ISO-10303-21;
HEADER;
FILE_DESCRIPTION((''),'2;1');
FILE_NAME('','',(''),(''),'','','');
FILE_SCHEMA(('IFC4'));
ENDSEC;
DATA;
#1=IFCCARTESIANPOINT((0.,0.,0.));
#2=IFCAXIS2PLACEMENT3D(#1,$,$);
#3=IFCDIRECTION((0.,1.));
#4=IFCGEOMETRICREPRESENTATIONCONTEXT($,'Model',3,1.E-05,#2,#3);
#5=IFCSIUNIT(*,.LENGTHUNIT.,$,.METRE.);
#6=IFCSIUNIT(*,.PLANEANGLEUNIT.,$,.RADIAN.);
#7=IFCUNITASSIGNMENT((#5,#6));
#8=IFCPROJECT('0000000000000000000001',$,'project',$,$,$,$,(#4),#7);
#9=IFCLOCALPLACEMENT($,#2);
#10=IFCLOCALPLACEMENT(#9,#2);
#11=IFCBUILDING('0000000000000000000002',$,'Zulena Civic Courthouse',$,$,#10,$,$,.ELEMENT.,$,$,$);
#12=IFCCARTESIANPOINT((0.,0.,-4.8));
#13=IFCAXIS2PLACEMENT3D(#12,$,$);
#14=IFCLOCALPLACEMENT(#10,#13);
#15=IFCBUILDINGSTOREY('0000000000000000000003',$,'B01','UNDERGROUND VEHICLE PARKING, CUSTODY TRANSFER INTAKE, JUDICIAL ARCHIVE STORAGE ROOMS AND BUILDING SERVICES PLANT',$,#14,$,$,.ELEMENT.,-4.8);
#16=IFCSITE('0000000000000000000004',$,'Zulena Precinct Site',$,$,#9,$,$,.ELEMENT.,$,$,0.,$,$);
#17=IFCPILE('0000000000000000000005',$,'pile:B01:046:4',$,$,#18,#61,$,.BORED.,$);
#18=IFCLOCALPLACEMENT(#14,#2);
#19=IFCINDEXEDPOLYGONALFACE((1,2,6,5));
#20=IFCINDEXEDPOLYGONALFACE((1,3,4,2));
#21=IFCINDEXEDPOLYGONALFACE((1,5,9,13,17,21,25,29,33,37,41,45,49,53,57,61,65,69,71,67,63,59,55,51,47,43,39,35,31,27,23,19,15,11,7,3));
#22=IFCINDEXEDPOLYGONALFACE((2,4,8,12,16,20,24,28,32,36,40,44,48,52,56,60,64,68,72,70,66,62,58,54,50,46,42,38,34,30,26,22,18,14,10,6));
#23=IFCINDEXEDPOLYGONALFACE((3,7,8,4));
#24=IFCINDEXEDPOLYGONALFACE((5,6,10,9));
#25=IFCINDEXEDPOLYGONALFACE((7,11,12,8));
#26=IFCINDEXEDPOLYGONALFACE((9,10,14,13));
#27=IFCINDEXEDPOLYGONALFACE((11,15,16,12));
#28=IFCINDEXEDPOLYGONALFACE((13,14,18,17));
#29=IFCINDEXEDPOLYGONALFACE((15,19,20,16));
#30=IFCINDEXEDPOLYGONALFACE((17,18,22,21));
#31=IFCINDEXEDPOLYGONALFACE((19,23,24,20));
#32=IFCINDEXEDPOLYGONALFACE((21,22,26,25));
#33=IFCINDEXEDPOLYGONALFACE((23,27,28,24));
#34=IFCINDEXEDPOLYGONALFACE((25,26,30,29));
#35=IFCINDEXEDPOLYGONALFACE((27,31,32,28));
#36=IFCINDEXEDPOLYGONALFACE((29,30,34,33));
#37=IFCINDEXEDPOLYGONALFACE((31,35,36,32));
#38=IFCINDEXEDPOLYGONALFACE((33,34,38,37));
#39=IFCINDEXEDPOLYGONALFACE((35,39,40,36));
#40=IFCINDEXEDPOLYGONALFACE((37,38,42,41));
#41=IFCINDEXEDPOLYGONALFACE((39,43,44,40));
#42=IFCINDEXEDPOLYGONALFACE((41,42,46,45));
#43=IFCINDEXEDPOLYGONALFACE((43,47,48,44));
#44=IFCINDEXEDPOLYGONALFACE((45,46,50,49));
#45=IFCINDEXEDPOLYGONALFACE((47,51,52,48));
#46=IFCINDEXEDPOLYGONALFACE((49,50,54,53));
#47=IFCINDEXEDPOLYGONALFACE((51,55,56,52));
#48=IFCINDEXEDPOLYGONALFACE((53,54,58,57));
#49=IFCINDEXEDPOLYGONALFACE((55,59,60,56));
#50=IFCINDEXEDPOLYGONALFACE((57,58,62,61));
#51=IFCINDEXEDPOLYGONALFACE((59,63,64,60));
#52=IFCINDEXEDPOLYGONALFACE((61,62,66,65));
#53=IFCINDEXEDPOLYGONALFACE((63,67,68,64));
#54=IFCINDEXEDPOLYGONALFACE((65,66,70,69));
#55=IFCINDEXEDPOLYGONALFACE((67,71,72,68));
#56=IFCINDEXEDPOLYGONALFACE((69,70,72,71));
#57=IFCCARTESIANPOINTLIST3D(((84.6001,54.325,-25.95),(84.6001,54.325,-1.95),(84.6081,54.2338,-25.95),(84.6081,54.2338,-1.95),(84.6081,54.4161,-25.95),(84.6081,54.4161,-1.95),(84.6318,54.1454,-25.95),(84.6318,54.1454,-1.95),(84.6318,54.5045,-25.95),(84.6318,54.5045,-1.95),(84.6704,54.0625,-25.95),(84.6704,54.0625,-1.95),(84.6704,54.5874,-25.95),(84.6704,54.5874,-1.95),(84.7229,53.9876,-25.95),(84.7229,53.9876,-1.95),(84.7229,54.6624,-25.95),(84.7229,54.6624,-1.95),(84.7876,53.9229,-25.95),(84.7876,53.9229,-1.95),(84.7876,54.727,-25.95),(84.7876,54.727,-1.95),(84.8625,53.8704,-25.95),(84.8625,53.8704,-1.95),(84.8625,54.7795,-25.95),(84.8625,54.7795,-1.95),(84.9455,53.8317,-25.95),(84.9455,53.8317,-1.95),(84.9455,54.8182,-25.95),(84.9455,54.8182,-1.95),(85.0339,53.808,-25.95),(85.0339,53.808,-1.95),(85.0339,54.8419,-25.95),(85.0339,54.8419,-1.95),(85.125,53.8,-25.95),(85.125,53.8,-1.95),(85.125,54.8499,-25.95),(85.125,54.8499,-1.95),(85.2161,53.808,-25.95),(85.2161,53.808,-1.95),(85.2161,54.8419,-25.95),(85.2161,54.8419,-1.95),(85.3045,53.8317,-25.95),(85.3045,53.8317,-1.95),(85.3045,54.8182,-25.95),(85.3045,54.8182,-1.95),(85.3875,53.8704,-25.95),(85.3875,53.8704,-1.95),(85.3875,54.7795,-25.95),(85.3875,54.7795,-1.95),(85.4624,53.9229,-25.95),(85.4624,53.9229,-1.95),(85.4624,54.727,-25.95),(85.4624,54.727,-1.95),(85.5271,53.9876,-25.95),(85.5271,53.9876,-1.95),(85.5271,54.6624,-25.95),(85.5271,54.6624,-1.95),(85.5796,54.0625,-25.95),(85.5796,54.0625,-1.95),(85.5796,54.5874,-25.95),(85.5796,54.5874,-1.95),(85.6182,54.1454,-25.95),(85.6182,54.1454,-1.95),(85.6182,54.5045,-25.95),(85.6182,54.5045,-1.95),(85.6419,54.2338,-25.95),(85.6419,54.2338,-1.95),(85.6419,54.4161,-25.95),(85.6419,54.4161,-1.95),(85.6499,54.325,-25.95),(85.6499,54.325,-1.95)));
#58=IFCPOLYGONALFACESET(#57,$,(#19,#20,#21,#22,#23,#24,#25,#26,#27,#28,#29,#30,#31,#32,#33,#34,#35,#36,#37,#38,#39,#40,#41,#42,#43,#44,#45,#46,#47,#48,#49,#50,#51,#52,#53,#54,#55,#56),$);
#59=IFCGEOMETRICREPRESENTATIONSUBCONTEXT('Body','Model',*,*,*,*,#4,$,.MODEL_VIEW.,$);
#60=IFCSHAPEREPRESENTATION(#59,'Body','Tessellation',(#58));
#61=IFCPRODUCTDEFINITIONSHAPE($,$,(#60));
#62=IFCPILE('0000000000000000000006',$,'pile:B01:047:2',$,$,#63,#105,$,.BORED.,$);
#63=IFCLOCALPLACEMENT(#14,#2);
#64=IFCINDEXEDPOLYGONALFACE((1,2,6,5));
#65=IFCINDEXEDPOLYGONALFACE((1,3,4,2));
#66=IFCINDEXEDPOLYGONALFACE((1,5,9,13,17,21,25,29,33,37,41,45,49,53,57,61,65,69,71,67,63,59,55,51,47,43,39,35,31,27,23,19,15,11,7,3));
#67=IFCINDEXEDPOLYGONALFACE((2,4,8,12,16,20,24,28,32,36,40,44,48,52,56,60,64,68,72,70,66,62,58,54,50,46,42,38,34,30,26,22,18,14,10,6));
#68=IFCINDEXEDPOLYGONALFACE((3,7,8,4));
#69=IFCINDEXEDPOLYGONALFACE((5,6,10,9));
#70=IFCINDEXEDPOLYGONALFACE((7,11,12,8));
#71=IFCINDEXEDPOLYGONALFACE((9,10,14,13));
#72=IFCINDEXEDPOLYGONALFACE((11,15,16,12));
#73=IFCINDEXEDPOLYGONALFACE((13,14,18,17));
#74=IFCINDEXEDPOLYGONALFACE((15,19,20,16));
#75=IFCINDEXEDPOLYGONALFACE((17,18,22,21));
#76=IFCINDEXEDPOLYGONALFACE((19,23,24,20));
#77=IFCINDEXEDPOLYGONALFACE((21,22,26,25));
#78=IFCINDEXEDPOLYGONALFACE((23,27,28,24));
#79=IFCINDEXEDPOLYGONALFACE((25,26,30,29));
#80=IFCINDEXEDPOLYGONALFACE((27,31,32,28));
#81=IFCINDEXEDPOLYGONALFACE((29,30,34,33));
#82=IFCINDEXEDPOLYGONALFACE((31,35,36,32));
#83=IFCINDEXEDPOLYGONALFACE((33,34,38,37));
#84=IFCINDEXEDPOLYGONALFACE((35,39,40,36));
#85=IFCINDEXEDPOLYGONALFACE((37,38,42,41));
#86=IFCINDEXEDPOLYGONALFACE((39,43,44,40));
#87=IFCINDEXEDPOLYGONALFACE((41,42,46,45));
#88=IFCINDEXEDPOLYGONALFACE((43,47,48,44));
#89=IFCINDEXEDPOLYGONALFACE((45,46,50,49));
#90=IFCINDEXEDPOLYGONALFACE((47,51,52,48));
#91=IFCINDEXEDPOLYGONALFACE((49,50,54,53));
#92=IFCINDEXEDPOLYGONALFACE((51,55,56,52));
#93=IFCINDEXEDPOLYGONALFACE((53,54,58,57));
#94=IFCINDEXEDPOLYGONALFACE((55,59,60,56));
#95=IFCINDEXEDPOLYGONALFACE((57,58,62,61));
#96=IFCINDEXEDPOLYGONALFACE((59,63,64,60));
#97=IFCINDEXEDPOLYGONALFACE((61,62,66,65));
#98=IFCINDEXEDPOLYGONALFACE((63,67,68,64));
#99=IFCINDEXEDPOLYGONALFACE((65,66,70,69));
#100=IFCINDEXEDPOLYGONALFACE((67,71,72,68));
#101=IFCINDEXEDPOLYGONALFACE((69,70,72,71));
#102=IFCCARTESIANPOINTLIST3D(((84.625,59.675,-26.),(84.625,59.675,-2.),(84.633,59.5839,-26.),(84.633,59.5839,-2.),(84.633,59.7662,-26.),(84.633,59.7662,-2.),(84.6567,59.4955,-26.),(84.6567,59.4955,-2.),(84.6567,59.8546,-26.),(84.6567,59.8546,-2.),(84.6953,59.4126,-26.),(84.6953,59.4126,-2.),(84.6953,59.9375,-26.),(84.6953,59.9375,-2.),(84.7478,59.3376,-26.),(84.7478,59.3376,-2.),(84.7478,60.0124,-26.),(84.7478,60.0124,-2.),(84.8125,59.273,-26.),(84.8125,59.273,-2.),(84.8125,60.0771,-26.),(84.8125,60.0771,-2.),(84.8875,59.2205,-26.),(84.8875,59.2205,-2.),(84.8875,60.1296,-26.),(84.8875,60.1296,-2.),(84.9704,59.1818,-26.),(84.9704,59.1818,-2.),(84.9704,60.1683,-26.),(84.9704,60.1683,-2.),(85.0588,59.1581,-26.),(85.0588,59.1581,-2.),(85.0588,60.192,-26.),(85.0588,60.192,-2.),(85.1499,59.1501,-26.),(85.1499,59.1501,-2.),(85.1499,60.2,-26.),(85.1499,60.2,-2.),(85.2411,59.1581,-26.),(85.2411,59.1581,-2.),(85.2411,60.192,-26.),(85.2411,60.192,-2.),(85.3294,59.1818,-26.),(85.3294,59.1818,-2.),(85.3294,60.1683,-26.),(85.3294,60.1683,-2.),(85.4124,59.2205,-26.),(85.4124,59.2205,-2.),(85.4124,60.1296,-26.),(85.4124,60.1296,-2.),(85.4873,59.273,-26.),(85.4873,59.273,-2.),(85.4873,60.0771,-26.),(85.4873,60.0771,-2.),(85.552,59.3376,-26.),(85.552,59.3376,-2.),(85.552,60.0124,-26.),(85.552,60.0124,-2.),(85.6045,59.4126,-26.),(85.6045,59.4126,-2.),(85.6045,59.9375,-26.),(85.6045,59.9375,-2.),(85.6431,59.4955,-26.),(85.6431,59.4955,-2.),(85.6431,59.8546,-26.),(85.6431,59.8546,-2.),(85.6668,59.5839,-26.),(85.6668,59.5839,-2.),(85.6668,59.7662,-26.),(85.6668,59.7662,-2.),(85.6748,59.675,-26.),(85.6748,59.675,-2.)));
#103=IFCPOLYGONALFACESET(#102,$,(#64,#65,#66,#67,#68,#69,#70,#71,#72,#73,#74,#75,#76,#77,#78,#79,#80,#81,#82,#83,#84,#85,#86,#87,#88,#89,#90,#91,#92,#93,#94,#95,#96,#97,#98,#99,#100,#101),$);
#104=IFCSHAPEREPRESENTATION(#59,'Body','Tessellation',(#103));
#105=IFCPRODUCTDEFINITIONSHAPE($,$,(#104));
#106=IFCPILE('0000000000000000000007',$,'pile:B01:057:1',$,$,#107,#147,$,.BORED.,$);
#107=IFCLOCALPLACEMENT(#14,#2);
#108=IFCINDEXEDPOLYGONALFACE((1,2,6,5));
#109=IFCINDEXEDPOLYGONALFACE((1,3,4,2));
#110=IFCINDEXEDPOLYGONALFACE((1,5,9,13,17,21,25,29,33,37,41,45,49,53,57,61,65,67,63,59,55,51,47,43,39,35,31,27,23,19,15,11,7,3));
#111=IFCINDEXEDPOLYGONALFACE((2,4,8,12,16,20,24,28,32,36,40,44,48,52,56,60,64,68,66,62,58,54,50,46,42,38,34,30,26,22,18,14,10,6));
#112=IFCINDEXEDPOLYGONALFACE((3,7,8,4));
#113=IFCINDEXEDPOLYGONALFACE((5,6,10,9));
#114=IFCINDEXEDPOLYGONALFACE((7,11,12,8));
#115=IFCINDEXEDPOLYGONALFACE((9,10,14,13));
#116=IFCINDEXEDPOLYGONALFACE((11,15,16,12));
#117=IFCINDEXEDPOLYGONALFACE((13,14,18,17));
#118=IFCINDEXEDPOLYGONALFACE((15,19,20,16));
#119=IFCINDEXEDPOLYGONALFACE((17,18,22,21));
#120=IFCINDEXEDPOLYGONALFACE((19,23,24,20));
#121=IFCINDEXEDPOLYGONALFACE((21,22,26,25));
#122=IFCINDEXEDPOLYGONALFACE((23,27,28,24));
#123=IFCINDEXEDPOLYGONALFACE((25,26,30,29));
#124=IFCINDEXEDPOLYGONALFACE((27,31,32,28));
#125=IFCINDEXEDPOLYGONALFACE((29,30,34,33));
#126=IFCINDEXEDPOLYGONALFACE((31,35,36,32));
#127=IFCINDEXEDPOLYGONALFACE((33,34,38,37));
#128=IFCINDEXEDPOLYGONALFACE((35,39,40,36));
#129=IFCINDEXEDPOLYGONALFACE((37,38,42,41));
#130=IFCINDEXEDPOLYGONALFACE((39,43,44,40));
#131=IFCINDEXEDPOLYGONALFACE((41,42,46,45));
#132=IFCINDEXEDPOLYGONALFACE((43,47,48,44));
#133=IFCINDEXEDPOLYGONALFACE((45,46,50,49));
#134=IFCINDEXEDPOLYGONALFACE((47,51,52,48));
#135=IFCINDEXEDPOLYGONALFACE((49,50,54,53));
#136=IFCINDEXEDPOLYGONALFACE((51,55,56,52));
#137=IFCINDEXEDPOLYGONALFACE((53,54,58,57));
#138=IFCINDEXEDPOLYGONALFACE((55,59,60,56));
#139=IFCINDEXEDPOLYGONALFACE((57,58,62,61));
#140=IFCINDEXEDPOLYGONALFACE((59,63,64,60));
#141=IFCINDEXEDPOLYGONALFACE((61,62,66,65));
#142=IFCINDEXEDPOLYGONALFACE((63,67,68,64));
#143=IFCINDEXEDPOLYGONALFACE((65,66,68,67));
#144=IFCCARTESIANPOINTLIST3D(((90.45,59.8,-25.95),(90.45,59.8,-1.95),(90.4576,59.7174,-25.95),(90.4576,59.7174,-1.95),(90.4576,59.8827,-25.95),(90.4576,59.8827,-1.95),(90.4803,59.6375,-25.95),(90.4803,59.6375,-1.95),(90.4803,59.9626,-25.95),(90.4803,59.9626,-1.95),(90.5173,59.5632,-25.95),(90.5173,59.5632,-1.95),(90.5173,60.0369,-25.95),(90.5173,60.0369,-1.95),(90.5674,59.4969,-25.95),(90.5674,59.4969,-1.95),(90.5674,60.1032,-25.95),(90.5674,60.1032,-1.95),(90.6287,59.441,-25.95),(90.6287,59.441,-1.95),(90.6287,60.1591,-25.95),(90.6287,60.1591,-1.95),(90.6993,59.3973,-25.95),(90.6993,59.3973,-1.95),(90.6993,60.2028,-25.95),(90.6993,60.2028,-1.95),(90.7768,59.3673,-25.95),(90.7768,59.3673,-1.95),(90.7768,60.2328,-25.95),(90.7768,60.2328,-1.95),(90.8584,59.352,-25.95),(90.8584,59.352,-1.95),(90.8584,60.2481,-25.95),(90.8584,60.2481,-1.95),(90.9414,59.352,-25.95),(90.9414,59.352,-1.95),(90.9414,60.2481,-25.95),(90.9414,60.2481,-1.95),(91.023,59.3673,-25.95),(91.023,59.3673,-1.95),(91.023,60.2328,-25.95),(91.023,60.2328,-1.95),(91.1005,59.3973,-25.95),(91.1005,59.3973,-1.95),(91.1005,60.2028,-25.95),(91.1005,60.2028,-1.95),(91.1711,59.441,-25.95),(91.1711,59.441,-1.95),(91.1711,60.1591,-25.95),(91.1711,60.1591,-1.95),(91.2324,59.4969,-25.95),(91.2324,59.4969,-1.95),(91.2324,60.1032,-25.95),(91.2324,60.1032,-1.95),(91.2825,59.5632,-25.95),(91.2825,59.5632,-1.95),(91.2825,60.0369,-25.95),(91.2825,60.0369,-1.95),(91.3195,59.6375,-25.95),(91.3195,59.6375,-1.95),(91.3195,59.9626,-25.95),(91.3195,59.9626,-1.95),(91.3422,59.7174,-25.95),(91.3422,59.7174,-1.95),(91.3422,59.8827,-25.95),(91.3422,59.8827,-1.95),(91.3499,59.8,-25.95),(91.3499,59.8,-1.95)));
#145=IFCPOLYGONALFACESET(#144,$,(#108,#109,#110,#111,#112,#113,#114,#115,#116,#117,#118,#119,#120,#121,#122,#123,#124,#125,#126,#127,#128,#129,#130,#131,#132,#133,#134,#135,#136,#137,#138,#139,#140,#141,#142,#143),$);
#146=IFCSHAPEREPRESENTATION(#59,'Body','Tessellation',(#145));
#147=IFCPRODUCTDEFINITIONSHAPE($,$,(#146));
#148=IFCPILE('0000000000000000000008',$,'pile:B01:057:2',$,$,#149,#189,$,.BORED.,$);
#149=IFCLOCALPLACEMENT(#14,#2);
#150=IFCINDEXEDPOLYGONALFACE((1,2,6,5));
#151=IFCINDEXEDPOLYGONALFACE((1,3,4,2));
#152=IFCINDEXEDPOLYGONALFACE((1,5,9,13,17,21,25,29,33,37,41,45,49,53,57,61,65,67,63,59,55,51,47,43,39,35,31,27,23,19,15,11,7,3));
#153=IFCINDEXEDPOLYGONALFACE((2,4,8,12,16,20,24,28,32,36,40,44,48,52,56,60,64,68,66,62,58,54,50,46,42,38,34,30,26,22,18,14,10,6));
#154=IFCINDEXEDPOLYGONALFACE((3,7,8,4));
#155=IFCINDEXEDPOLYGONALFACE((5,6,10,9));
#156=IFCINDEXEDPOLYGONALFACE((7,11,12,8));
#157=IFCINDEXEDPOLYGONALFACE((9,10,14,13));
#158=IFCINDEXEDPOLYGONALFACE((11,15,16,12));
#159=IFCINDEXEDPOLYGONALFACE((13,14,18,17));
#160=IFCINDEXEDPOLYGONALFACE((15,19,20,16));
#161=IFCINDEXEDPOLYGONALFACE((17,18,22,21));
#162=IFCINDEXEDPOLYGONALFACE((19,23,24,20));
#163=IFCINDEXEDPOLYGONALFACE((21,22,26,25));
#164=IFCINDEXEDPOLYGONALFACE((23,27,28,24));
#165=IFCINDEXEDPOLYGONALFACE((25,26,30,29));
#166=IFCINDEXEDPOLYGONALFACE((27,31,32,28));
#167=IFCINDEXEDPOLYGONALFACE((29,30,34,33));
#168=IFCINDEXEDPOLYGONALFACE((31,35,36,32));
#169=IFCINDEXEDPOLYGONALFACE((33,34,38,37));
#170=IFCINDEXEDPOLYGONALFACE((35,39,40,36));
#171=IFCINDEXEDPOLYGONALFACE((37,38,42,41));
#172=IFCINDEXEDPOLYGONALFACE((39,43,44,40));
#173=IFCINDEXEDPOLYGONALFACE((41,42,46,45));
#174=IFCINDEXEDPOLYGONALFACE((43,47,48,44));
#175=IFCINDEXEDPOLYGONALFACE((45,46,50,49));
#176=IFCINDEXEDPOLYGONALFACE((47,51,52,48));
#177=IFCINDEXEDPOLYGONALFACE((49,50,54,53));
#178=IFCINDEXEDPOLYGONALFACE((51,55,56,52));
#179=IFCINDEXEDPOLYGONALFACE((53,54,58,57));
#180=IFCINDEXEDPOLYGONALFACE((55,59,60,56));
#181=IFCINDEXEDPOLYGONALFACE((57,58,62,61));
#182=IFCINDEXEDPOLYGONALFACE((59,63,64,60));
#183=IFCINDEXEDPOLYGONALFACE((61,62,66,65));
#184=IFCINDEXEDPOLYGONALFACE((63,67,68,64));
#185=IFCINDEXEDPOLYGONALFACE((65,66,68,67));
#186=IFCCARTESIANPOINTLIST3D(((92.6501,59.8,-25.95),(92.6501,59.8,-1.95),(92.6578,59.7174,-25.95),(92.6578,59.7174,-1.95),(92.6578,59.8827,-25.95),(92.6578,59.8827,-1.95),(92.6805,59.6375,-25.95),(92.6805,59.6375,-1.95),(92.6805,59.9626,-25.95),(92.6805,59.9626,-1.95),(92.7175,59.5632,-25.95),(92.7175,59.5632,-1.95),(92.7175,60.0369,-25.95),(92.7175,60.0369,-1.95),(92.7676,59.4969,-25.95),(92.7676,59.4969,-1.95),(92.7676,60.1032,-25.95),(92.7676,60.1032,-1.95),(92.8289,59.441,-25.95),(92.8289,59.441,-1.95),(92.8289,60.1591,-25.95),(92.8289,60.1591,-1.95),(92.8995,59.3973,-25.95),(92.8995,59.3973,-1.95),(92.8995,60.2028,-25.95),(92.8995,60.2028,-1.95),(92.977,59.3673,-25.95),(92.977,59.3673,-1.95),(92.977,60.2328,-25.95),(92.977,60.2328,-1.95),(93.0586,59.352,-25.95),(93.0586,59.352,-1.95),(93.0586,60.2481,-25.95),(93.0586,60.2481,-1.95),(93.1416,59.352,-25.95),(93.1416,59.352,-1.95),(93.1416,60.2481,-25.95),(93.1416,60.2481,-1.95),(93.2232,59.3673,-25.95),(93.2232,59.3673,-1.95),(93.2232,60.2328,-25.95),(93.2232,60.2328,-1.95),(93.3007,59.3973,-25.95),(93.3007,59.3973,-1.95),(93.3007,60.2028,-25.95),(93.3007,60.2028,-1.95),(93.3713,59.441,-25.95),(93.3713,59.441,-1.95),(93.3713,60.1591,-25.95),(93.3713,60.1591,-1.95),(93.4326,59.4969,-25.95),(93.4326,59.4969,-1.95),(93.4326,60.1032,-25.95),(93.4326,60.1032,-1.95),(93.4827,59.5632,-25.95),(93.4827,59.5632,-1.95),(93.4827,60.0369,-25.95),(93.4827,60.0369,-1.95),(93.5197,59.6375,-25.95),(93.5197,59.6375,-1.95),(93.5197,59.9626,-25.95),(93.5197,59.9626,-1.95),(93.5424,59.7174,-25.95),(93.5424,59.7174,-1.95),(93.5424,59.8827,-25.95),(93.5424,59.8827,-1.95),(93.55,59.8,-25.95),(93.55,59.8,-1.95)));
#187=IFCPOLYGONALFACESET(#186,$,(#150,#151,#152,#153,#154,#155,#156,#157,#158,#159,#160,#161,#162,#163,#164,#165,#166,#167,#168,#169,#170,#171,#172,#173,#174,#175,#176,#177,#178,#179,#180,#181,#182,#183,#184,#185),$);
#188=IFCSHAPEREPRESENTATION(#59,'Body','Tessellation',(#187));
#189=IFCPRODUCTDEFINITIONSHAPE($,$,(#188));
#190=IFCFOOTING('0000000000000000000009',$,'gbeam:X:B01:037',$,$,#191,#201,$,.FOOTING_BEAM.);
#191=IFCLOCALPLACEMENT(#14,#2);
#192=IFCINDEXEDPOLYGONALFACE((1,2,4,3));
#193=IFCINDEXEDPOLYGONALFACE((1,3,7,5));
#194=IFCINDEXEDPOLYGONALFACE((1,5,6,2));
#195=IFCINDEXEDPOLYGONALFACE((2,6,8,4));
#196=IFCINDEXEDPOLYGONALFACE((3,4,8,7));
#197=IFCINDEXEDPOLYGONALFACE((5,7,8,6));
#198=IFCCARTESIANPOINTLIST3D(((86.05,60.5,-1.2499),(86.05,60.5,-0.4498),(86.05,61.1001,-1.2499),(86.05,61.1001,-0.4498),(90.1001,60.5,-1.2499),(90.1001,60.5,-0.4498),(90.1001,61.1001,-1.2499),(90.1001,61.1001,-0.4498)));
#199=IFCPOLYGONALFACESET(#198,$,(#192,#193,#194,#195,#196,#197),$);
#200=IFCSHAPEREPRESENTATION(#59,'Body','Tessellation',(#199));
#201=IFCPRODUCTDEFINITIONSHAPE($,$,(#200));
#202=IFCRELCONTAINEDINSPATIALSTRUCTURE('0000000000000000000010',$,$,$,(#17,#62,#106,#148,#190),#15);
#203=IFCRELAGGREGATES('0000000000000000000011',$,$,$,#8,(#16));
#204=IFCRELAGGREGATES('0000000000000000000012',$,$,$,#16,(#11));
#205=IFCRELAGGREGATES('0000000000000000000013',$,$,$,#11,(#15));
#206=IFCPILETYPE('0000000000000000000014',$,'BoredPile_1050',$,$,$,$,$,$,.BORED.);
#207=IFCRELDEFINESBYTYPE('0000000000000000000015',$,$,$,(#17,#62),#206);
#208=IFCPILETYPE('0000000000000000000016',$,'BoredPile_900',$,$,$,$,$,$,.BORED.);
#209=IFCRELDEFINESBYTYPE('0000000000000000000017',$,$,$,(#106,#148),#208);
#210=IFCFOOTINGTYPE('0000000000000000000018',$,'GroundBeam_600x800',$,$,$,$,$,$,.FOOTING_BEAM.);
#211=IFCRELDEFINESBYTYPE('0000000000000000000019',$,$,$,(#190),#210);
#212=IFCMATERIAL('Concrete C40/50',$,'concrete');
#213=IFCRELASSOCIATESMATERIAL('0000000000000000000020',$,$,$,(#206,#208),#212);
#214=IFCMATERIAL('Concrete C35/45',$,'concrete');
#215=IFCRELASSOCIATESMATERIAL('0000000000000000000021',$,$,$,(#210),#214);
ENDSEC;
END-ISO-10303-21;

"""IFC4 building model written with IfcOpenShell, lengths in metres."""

from ifc_helpers import new_model, si_unit, direction, frame, origin, origin_2d, place, context, subcontext, project, spatial, rectangle, circle, extrude, material, material_profile, profile_set, type_object, element, save


model = new_model("IFC4")

# Units and contexts
model_context = context("Model", 3, precision=1e-05, world=origin(), true_north=direction((0.0, 1.0)))
body_context = subcontext(model_context, "Body", "Model", "MODEL_VIEW")
ifc_project = project(units=[si_unit("LENGTHUNIT", "METRE"), si_unit("PLANEANGLEUNIT", "RADIAN")], contexts=[model_context])

# Site, building, storey
site_placement = place(None, origin())
site = spatial("IfcSite", under=ifc_project, at=site_placement, Name="Zulena Precinct Site", CompositionType="ELEMENT", RefElevation=0.0)
building_placement = place(site_placement, origin())
building = spatial("IfcBuilding", under=site, at=building_placement, Name="Zulena Civic Courthouse", CompositionType="ELEMENT")
storey_placement = place(building_placement, frame((0.0, 0.0, -4.8)))
storey = spatial("IfcBuildingStorey", under=building, at=storey_placement, Name="B01", Description="UNDERGROUND VEHICLE PARKING, CUSTODY TRANSFER INTAKE, JUDICIAL ARCHIVE STORAGE ROOMS AND BUILDING SERVICES PLANT", CompositionType="ELEMENT", Elevation=-4.8)

# Piles
ifc_material_1 = material(Name="Concrete C40/50", Category="concrete")
ifc_material_profile_1 = material_profile(ifc_material_1, circle(Radius=0.5249, at=origin_2d()), Name="PILE1050")
ifc_profile_set_1 = profile_set([ifc_material_profile_1], Name="Concrete C40/50")
pile_type_1 = type_object("IfcPileType", Name="BoredPile_1050", PredefinedType="BORED", material=ifc_profile_set_1)
for number, where, z_axis, x_axis, name in (
    (1, (85.125, 54.325, -1.95), (0.0, 0.0, -1.0), (1.0, 0.0, 0.0), "pile:B01:046:4"),
    (2, (85.1499, 59.675, -2.0), (0.0, 0.0, -1.0), (1.0, 0.0, 0.0), "pile:B01:047:2"),
):
    element("IfcPile", number, at=place(storey_placement, frame(where, z_axis=z_axis, x_axis=x_axis)), inside=storey, type_object=pile_type_1, Name=name, PredefinedType="BORED", context=body_context, shape_type="SweptSolid", body=[
        extrude(circle(Radius=0.5249, at=origin_2d()), origin(), (0.0, 0.0, 1.0), 24.0),
    ])
ifc_material_profile_2 = material_profile(ifc_material_1, circle(Radius=0.45, at=origin_2d()), Name="PILE900")
ifc_profile_set_2 = profile_set([ifc_material_profile_2], Name="Concrete C40/50")
pile_type_2 = type_object("IfcPileType", Name="BoredPile_900", PredefinedType="BORED", material=ifc_profile_set_2)
for number, where, z_axis, x_axis, name in (
    (3, (90.8999, 59.8, -1.95), (0.0, 0.0, -1.0), (1.0, 0.0, 0.0), "pile:B01:057:1"),
    (4, (93.1001, 59.8, -1.95), (0.0, 0.0, -1.0), (1.0, 0.0, 0.0), "pile:B01:057:2"),
):
    element("IfcPile", number, at=place(storey_placement, frame(where, z_axis=z_axis, x_axis=x_axis)), inside=storey, type_object=pile_type_2, Name=name, PredefinedType="BORED", context=body_context, shape_type="SweptSolid", body=[
        extrude(circle(Radius=0.45, at=origin_2d()), origin(), (0.0, 0.0, 1.0), 24.0),
    ])

# Footing
ifc_material_2 = material(Name="Concrete C35/45", Category="concrete")
ifc_material_profile_3 = material_profile(ifc_material_2, rectangle(XDim=0.6001, YDim=0.8, at=origin_2d()), Name="RC600X800")
ifc_profile_set_3 = profile_set([ifc_material_profile_3], Name="Concrete C35/45")
footing_type_1 = type_object("IfcFootingType", Name="GroundBeam_600x800", PredefinedType="FOOTING_BEAM", material=ifc_profile_set_3)
footing_1_placement = place(storey_placement, frame((86.05, 60.8, -0.8499), z_axis=(1.0, 0.0, 0.0), x_axis=(0.0, 1.0, 0.0)))
element("IfcFooting", 5, at=footing_1_placement, inside=storey, type_object=footing_type_1, Name="gbeam:X:B01:037", PredefinedType="FOOTING_BEAM", context=body_context, shape_type="SweptSolid", body=[
    extrude(rectangle(XDim=0.6001, YDim=0.8, at=origin_2d()), origin(), (0.0, 0.0, 1.0), 4.05),
])

save(model, "model.ifc")
